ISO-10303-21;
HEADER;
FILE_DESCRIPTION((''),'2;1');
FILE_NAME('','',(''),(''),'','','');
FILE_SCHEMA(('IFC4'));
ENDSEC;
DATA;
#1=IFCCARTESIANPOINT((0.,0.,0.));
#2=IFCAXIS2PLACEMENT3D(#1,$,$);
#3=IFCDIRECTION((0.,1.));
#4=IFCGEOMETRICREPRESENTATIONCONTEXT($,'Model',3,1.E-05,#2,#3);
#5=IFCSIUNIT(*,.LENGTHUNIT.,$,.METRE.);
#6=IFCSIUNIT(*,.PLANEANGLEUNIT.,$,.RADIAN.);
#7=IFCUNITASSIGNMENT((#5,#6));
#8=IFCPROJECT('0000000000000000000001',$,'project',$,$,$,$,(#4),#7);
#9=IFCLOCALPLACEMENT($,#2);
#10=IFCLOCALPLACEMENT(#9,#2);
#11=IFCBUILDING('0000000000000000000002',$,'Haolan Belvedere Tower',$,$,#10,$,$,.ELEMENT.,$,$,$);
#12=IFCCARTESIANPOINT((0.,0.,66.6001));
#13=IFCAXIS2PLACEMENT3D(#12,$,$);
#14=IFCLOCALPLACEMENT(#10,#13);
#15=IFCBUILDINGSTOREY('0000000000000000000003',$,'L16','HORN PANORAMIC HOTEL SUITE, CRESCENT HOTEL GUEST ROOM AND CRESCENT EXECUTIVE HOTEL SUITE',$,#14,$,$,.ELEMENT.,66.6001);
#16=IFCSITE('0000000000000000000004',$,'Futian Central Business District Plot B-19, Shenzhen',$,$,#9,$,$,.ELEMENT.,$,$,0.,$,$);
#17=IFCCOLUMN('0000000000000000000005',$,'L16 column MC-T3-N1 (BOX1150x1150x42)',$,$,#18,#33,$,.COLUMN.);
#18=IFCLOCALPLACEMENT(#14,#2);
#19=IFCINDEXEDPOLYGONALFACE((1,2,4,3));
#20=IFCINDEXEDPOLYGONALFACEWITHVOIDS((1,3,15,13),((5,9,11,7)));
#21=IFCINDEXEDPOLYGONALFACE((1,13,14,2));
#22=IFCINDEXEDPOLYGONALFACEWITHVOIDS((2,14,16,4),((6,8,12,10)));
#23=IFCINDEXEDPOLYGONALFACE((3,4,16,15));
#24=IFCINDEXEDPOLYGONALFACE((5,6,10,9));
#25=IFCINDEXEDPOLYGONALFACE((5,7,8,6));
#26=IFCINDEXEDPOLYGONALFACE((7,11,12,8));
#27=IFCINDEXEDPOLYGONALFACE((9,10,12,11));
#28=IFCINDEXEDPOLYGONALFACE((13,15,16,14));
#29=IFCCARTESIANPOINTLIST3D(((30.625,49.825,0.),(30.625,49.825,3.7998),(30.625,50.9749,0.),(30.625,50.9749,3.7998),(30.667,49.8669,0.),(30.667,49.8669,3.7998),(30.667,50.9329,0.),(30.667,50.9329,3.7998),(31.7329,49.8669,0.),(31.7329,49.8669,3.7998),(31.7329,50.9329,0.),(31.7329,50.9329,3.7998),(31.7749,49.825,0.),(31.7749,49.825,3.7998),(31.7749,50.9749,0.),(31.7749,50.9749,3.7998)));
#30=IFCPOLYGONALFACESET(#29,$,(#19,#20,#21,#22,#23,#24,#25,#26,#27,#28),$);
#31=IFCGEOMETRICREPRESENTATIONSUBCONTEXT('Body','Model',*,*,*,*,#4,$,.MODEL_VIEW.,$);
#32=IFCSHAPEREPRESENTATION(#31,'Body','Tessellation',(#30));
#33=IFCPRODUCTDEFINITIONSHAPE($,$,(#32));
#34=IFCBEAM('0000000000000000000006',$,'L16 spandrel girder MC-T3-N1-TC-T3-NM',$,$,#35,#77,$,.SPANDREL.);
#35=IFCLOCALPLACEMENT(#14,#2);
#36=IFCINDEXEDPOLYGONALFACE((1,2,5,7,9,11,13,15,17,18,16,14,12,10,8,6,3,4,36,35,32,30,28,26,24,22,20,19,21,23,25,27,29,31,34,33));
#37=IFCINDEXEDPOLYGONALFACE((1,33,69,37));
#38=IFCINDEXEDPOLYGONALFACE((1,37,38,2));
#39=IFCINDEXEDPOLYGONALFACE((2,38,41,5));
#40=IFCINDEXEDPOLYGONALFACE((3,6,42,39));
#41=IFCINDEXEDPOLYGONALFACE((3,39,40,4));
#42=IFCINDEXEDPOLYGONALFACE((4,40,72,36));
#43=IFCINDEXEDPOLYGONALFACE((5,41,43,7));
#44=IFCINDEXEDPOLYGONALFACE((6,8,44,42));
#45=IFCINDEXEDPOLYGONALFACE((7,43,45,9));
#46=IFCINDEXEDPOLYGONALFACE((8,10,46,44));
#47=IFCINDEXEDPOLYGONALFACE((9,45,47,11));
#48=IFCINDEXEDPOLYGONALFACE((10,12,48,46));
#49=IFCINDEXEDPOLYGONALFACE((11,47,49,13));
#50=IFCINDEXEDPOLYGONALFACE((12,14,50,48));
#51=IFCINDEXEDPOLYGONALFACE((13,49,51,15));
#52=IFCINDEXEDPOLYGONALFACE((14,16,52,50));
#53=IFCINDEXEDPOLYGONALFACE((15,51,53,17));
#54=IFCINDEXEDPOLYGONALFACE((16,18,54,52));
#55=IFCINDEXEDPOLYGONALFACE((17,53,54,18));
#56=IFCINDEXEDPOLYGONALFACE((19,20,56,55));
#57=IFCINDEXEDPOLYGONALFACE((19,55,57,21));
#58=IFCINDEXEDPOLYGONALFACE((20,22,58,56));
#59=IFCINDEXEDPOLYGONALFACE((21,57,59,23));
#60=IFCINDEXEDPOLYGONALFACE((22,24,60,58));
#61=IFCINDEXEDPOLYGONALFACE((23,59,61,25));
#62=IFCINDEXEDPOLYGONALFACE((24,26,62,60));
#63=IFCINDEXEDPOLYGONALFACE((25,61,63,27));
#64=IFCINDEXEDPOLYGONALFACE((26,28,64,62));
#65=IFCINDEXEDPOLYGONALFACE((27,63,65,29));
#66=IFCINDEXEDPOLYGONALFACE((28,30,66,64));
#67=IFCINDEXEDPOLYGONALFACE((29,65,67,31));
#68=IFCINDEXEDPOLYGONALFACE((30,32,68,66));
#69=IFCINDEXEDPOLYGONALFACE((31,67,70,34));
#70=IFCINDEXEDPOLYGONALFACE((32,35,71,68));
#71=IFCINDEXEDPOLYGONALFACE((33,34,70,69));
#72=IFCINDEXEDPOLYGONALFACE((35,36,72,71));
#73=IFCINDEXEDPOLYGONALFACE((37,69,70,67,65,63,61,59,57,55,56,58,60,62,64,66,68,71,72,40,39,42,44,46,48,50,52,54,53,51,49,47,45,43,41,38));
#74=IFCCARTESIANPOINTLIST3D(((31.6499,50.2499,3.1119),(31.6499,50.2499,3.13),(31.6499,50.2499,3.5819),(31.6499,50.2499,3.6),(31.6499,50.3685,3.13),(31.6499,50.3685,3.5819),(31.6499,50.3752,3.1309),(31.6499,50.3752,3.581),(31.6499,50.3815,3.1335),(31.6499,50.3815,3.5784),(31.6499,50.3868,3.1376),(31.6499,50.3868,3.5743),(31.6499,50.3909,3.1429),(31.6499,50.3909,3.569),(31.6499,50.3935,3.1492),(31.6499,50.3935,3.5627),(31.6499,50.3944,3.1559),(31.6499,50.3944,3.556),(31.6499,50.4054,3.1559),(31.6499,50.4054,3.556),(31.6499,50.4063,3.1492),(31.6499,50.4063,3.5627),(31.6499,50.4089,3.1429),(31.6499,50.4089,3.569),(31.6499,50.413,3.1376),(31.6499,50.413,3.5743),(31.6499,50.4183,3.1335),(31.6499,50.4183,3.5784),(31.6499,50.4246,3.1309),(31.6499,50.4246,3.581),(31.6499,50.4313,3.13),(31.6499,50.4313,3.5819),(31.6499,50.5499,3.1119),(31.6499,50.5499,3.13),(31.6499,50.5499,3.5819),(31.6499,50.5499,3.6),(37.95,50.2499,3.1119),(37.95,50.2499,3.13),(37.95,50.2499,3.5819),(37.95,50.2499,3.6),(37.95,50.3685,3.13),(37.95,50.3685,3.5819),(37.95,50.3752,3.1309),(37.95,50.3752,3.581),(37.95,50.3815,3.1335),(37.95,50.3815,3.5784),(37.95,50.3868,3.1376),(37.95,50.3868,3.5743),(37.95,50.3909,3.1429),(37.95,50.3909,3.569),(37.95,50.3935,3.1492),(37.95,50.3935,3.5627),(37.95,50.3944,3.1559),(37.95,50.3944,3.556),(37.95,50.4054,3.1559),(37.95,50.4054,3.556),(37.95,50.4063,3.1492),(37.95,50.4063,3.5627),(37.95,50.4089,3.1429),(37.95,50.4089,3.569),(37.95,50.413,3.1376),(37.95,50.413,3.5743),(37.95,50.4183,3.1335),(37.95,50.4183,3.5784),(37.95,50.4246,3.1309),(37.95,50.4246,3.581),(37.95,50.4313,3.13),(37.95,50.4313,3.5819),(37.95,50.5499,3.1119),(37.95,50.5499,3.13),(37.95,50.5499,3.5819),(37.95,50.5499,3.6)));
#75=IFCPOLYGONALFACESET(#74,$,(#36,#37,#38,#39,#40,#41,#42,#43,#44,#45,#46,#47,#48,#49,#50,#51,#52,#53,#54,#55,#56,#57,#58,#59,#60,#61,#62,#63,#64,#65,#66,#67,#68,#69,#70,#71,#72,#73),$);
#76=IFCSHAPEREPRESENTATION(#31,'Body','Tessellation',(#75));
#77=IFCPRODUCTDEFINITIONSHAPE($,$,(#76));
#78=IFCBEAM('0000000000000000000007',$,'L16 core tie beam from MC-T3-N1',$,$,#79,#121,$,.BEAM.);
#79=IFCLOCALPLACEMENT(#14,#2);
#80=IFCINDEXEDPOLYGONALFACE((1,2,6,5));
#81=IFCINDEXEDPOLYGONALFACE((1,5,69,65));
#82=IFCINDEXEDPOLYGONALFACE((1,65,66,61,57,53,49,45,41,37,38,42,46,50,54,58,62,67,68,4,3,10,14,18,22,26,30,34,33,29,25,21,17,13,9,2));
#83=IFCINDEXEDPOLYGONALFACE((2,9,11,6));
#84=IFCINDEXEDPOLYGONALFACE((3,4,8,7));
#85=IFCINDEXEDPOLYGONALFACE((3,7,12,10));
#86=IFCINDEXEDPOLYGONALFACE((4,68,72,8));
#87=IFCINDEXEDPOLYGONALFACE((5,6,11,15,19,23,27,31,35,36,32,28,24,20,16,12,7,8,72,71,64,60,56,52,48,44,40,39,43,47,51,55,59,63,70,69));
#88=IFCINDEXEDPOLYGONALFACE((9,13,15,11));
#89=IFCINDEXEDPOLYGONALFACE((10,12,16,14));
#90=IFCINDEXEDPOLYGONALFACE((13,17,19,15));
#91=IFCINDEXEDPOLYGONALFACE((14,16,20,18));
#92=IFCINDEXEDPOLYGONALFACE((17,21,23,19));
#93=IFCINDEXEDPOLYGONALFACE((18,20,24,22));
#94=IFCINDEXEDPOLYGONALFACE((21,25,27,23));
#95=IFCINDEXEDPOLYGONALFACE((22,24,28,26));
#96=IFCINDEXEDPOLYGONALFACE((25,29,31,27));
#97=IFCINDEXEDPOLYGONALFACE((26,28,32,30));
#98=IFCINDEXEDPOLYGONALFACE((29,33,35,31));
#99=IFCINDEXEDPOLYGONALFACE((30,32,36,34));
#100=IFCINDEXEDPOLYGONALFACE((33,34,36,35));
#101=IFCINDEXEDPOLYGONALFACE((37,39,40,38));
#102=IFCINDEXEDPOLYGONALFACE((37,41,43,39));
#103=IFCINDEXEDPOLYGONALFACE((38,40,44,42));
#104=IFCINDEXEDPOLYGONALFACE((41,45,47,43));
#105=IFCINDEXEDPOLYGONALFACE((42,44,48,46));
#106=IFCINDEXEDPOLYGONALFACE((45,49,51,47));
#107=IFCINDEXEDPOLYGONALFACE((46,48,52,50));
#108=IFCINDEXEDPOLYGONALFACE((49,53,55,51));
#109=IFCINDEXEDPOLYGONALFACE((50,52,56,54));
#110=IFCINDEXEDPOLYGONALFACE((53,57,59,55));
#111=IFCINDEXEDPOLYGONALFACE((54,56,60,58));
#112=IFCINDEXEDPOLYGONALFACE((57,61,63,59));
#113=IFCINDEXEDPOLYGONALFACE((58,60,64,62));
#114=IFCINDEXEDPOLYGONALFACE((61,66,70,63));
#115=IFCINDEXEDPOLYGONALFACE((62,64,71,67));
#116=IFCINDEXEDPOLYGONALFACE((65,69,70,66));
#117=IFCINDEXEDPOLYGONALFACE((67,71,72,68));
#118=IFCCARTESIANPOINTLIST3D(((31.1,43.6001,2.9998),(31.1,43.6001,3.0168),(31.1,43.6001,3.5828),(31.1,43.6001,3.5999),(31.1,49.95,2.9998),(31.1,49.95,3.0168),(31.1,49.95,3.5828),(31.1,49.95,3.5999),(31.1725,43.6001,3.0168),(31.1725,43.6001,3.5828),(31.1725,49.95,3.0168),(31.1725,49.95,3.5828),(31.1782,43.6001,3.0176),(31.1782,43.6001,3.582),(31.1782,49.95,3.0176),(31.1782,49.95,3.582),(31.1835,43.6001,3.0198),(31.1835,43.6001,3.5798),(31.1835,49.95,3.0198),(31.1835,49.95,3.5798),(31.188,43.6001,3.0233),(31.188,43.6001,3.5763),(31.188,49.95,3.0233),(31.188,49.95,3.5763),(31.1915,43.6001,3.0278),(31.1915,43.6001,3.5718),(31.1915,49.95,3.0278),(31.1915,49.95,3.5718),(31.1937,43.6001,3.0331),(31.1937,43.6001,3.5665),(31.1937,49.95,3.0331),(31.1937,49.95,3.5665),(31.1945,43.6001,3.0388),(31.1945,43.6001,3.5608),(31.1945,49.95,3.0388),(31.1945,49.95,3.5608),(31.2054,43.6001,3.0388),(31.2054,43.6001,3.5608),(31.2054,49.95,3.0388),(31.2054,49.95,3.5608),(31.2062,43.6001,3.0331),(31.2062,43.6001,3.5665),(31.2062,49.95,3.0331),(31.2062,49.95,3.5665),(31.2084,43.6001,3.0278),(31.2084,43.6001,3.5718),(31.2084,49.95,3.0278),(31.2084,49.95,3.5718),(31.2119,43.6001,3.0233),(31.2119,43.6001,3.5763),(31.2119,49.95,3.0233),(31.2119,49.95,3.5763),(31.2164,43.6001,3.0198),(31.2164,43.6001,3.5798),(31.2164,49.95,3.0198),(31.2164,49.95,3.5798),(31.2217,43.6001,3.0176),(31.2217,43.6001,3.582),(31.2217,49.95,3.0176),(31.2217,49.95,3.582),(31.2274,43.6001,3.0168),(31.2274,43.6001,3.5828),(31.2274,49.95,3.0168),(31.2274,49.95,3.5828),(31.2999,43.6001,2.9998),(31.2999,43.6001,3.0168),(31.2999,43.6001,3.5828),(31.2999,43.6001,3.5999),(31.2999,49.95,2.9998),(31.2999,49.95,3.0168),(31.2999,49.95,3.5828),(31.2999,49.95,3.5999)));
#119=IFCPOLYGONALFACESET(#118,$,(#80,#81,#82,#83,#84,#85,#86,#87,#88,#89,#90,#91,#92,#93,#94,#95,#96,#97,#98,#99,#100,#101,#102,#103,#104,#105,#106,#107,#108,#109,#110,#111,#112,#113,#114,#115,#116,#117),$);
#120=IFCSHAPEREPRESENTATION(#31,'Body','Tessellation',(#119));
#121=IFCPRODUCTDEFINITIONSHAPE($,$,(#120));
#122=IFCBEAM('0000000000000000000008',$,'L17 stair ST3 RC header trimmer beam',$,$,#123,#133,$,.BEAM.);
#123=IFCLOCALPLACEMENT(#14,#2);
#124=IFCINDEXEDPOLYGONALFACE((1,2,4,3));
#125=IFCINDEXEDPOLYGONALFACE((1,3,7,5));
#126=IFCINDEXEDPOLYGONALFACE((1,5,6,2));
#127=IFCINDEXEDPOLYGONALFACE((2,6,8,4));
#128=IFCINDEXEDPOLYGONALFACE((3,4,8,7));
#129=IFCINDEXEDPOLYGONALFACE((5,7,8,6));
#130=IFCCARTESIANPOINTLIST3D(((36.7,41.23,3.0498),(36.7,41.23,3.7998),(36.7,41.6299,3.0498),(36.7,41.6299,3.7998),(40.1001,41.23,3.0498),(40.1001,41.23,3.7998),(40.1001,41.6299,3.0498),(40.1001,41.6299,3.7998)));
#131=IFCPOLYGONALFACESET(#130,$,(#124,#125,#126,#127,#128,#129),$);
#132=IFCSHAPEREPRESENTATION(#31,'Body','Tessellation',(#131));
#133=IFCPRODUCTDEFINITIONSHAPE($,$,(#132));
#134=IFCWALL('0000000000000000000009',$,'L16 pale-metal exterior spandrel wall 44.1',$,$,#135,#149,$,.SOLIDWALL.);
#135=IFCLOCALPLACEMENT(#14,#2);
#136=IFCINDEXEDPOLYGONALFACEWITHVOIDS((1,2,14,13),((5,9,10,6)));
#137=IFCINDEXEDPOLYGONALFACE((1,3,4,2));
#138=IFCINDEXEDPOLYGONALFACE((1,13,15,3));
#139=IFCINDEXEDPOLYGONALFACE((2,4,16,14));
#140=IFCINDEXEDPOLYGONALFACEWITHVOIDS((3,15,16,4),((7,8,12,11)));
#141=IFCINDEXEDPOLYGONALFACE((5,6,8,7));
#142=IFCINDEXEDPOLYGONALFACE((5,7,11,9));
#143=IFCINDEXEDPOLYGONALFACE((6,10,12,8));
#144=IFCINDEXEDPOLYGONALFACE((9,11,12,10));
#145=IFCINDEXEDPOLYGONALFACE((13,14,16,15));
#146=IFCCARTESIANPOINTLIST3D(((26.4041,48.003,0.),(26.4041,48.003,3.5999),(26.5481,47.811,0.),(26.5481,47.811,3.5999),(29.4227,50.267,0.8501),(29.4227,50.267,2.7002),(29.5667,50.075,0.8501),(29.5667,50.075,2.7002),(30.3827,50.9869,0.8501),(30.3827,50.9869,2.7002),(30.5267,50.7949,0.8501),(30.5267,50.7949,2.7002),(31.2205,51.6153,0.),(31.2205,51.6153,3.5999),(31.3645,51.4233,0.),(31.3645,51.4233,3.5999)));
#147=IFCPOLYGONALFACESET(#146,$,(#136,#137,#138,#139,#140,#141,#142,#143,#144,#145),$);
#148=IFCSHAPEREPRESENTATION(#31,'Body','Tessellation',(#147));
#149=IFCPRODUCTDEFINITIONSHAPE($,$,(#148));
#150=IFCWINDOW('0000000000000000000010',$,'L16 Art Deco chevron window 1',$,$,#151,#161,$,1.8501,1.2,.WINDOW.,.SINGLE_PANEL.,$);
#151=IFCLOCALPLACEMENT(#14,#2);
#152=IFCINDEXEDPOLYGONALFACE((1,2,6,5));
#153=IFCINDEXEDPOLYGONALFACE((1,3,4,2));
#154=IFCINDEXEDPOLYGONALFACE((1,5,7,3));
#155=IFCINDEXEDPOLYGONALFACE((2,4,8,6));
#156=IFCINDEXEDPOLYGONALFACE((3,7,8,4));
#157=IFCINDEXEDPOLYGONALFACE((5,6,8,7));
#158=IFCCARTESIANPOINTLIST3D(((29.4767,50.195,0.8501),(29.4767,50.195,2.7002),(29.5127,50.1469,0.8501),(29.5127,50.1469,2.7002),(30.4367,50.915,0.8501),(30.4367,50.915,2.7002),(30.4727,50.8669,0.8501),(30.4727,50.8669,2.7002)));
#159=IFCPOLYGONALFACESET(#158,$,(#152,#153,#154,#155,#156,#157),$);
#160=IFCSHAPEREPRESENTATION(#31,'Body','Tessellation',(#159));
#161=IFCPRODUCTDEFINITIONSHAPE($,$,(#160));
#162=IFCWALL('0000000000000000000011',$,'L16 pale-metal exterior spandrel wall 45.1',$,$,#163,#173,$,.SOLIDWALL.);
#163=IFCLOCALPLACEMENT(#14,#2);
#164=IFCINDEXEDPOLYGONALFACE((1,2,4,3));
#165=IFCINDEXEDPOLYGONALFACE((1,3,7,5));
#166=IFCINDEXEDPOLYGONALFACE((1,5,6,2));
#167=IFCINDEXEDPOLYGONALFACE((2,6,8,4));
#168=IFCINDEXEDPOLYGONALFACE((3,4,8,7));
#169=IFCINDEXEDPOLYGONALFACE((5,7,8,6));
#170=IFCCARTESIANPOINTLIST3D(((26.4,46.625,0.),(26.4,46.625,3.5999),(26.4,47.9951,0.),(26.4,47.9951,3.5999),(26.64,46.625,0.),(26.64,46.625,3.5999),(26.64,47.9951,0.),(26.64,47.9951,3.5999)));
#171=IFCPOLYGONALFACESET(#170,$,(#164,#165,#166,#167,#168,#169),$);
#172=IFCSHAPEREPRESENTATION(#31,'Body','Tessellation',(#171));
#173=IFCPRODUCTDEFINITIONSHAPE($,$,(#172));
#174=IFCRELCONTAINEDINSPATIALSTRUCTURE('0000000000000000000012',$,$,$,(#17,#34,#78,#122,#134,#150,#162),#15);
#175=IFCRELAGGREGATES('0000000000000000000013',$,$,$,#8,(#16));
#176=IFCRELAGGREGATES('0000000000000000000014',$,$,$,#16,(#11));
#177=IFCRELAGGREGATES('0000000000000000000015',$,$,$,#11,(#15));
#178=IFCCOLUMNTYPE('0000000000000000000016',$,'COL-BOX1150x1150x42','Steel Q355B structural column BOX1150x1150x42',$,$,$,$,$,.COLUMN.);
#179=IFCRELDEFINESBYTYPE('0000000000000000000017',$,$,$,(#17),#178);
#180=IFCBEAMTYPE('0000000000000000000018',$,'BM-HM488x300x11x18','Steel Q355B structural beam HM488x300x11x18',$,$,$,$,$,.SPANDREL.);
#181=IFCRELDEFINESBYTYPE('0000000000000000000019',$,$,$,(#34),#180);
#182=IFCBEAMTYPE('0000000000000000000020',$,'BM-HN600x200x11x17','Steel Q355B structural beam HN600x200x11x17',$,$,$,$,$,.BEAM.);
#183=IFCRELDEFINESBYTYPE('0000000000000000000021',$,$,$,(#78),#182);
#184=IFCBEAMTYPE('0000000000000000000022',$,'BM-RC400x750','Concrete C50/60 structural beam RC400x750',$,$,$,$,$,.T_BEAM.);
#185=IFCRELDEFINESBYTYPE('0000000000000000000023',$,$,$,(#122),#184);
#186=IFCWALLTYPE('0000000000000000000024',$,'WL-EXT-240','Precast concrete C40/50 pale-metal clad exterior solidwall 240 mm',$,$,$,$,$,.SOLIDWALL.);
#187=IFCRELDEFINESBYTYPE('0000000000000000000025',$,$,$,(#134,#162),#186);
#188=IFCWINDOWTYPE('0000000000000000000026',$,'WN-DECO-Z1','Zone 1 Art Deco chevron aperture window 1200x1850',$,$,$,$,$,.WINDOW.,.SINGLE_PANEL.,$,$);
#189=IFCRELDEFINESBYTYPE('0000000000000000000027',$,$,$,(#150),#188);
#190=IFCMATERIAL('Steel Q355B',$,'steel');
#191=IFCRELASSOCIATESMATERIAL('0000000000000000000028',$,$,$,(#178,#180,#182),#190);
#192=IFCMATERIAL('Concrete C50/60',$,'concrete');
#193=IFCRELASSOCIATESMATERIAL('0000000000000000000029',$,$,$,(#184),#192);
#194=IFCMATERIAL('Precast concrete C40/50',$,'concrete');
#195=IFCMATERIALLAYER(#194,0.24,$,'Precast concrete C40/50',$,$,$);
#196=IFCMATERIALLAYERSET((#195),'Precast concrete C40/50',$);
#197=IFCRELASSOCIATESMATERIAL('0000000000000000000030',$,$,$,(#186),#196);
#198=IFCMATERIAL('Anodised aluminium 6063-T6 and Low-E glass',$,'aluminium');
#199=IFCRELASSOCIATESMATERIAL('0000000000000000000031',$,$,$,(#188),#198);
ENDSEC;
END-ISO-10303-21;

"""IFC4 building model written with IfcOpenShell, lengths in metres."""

from ifc_helpers import new_model, si_unit, direction, frame, frame_2d, origin, origin_2d, place, context, subcontext, project, spatial, rectangle, hollow_rectangle, i_section, extrude, material, layer, layer_set, material_profile, profile_set, type_object, element, fill, save


model = new_model("IFC4")

# Units and contexts
model_context = context("Model", 3, precision=1e-05, world=origin(), true_north=direction((0.0, 1.0)))
body_context = subcontext(model_context, "Body", "Model", "MODEL_VIEW")
ifc_project = project(units=[si_unit("LENGTHUNIT", "METRE"), si_unit("PLANEANGLEUNIT", "RADIAN")], contexts=[model_context])

# Site, building, storey
site_placement = place(None, origin())
site = spatial("IfcSite", under=ifc_project, at=site_placement, Name="Futian Central Business District Plot B-19, Shenzhen", CompositionType="ELEMENT", RefElevation=0.0)
building_placement = place(site_placement, origin())
building = spatial("IfcBuilding", under=site, at=building_placement, Name="Haolan Belvedere Tower", CompositionType="ELEMENT")
storey_placement = place(building_placement, frame((0.0, 0.0, 66.6001)))
storey = spatial("IfcBuildingStorey", under=building, at=storey_placement, Name="L16", Description="HORN PANORAMIC HOTEL SUITE, CRESCENT HOTEL GUEST ROOM AND CRESCENT EXECUTIVE HOTEL SUITE", CompositionType="ELEMENT", Elevation=66.6001)

# Column
ifc_material_1 = material(Name="Steel Q355B", Category="steel")
ifc_material_profile_1 = material_profile(ifc_material_1, hollow_rectangle(XDim=1.1499, YDim=1.1499, WallThickness=0.042, at=origin_2d()), Name="Steel Q355B")
ifc_profile_set_1 = profile_set([ifc_material_profile_1], Name="Steel Q355B")
column_type = type_object("IfcColumnType", Name="COL-BOX1150x1150x42", Description="Steel Q355B structural column BOX1150x1150x42", PredefinedType="COLUMN", material=ifc_profile_set_1)
column_placement = place(storey_placement, frame((31.2, 50.3999, 0.0), z_axis=(0.0, 0.0, 1.0), x_axis=(1.0, 0.0, 0.0)))
element("IfcColumn", 1, at=column_placement, inside=storey, type_object=column_type, Name="L16 column MC-T3-N1 (BOX1150x1150x42)", PredefinedType="COLUMN", context=body_context, shape_type="SweptSolid", body=[
    extrude(hollow_rectangle(XDim=1.1499, YDim=1.1499, WallThickness=0.042, at=origin_2d()), origin(), (0.0, 0.0, 1.0), 3.7998),
])

# Beams
ifc_material_profile_2 = material_profile(ifc_material_1, i_section(OverallWidth=0.3, OverallDepth=0.488, WebThickness=0.011, FlangeThickness=0.0181, FilletRadius=0.0259, at=origin_2d()), Name="Steel Q355B")
ifc_profile_set_2 = profile_set([ifc_material_profile_2], Name="Steel Q355B")
beam_type_1 = type_object("IfcBeamType", Name="BM-HM488x300x11x18", Description="Steel Q355B structural beam HM488x300x11x18", PredefinedType="SPANDREL", material=ifc_profile_set_2)
beam_1_placement = place(storey_placement, frame((31.6499, 50.3999, 3.356), z_axis=(1.0, 0.0, 0.0), x_axis=(0.0, 1.0, 0.0)))
element("IfcBeam", 2, at=beam_1_placement, inside=storey, type_object=beam_type_1, Name="L16 spandrel girder MC-T3-N1-TC-T3-NM", PredefinedType="SPANDREL", context=body_context, shape_type="SweptSolid", body=[
    extrude(i_section(OverallWidth=0.3, OverallDepth=0.488, WebThickness=0.011, FlangeThickness=0.0181, FilletRadius=0.0259, at=origin_2d()), origin(), (0.0, 0.0, 1.0), 6.3),
])
ifc_material_profile_3 = material_profile(ifc_material_1, i_section(OverallWidth=0.2, OverallDepth=0.6001, WebThickness=0.011, FlangeThickness=0.0171, FilletRadius=0.022, at=origin_2d()), Name="Steel Q355B")
ifc_profile_set_3 = profile_set([ifc_material_profile_3], Name="Steel Q355B")
beam_type_2 = type_object("IfcBeamType", Name="BM-HN600x200x11x17", Description="Steel Q355B structural beam HN600x200x11x17", PredefinedType="BEAM", material=ifc_profile_set_3)
beam_2_placement = place(storey_placement, frame((31.2, 49.95, 3.2998), z_axis=(0.0, -1.0, 0.0), x_axis=(1.0, 0.0, 0.0)))
element("IfcBeam", 3, at=beam_2_placement, inside=storey, type_object=beam_type_2, Name="L16 core tie beam from MC-T3-N1", PredefinedType="BEAM", context=body_context, shape_type="SweptSolid", body=[
    extrude(i_section(OverallWidth=0.2, OverallDepth=0.6001, WebThickness=0.011, FlangeThickness=0.0171, FilletRadius=0.022, at=origin_2d()), origin(), (0.0, 0.0, 1.0), 6.3499),
])
ifc_material_2 = material(Name="Concrete C50/60", Category="concrete")
ifc_material_profile_4 = material_profile(ifc_material_2, rectangle(XDim=0.3999, YDim=0.75, at=origin_2d()), Name="Concrete C50/60")
ifc_profile_set_4 = profile_set([ifc_material_profile_4], Name="Concrete C50/60")
beam_type_3 = type_object("IfcBeamType", Name="BM-RC400x750", Description="Concrete C50/60 structural beam RC400x750", PredefinedType="T_BEAM", material=ifc_profile_set_4)
beam_3_placement = place(storey_placement, frame((36.7, 41.4299, 3.4248), z_axis=(1.0, 0.0, 0.0), x_axis=(0.0, 1.0, 0.0)))
element("IfcBeam", 4, at=beam_3_placement, inside=storey, type_object=beam_type_3, Name="L17 stair ST3 RC header trimmer beam", PredefinedType="BEAM", context=body_context, shape_type="SweptSolid", body=[
    extrude(rectangle(XDim=0.3999, YDim=0.75, at=origin_2d()), origin(), (0.0, 0.0, 1.0), 3.4001),
])

# Wall, opening, window
ifc_material_3 = material(Name="Precast concrete C40/50", Category="concrete")
ifc_layer_1 = layer(ifc_material_3, 0.24, Name="Precast concrete C40/50")
ifc_layer_set_1 = layer_set([ifc_layer_1], Name="Precast concrete C40/50")
wall_type_1 = type_object("IfcWallType", Name="WL-EXT-240", Description="Precast concrete C40/50 pale-metal clad exterior solidwall 240 mm", PredefinedType="SOLIDWALL", material=ifc_layer_set_1)
wall_1_placement = place(storey_placement, frame((31.2925, 51.5193, 0.0), z_axis=(0.0, 0.0, 1.0), x_axis=(-0.8, -0.6, 0.0)))
wall_1 = element("IfcWall", 5, at=wall_1_placement, inside=storey, type_object=wall_type_1, Name="L16 pale-metal exterior spandrel wall 44.1", PredefinedType="SOLIDWALL", context=body_context, shape_type="SweptSolid", body=[
    extrude(rectangle(XDim=6.0205, YDim=0.24, at=frame_2d((3.0103, 0.0))), origin(), (0.0, 0.0, 1.0), 3.5999),
])
opening_1_placement = place(wall_1_placement, frame((1.0471, 0.0, 0.8501)))
opening_1 = element("IfcOpeningElement", 6, at=opening_1_placement, cuts=wall_1, PredefinedType="OPENING", context=body_context, shape_type="SweptSolid", body=[
    extrude(rectangle(XDim=1.2, YDim=1.8501, at=frame_2d((0.6001, 0.925))), frame((0.0, 0.1299, 0.0), z_axis=(0.0, -1.0, 0.0), x_axis=(1.0, 0.0, 0.0)), (0.0, 0.0, 1.0), 0.26),
])
ifc_material_4 = material(Name="Anodised aluminium 6063-T6 and Low-E glass", Category="aluminium")
window_type = type_object("IfcWindowType", Name="WN-DECO-Z1", Description="Zone 1 Art Deco chevron aperture window 1200x1850", PartitioningType="SINGLE_PANEL", PredefinedType="WINDOW", material=ifc_material_4)
window_placement = place(opening_1_placement, origin())
window = element("IfcWindow", 7, at=window_placement, inside=storey, type_object=window_type, Name="L16 Art Deco chevron window 1", OverallHeight=1.8501, OverallWidth=1.2, PartitioningType="SINGLE_PANEL", PredefinedType="WINDOW", context=body_context, shape_type="SweptSolid", body=[
    extrude(rectangle(XDim=1.2, YDim=1.8501, at=frame_2d((0.6001, 0.925))), frame((0.0, 0.03, 0.0), z_axis=(0.0, -1.0, 0.0), x_axis=(1.0, 0.0, 0.0)), (0.0, 0.0, 1.0), 0.0601),
])
fill(opening_1, window)

# Wall
wall_2_placement = place(storey_placement, frame((26.52, 47.9951, 0.0), z_axis=(0.0, 0.0, 1.0), x_axis=(0.0, -1.0, 0.0)))
element("IfcWall", 8, at=wall_2_placement, inside=storey, type_object=wall_type_1, Name="L16 pale-metal exterior spandrel wall 45.1", PredefinedType="SOLIDWALL", context=body_context, shape_type="SweptSolid", body=[
    extrude(rectangle(XDim=1.3701, YDim=0.24, at=frame_2d((0.6851, 0.0))), origin(), (0.0, 0.0, 1.0), 3.5999),
])

save(model, "model.ifc")
